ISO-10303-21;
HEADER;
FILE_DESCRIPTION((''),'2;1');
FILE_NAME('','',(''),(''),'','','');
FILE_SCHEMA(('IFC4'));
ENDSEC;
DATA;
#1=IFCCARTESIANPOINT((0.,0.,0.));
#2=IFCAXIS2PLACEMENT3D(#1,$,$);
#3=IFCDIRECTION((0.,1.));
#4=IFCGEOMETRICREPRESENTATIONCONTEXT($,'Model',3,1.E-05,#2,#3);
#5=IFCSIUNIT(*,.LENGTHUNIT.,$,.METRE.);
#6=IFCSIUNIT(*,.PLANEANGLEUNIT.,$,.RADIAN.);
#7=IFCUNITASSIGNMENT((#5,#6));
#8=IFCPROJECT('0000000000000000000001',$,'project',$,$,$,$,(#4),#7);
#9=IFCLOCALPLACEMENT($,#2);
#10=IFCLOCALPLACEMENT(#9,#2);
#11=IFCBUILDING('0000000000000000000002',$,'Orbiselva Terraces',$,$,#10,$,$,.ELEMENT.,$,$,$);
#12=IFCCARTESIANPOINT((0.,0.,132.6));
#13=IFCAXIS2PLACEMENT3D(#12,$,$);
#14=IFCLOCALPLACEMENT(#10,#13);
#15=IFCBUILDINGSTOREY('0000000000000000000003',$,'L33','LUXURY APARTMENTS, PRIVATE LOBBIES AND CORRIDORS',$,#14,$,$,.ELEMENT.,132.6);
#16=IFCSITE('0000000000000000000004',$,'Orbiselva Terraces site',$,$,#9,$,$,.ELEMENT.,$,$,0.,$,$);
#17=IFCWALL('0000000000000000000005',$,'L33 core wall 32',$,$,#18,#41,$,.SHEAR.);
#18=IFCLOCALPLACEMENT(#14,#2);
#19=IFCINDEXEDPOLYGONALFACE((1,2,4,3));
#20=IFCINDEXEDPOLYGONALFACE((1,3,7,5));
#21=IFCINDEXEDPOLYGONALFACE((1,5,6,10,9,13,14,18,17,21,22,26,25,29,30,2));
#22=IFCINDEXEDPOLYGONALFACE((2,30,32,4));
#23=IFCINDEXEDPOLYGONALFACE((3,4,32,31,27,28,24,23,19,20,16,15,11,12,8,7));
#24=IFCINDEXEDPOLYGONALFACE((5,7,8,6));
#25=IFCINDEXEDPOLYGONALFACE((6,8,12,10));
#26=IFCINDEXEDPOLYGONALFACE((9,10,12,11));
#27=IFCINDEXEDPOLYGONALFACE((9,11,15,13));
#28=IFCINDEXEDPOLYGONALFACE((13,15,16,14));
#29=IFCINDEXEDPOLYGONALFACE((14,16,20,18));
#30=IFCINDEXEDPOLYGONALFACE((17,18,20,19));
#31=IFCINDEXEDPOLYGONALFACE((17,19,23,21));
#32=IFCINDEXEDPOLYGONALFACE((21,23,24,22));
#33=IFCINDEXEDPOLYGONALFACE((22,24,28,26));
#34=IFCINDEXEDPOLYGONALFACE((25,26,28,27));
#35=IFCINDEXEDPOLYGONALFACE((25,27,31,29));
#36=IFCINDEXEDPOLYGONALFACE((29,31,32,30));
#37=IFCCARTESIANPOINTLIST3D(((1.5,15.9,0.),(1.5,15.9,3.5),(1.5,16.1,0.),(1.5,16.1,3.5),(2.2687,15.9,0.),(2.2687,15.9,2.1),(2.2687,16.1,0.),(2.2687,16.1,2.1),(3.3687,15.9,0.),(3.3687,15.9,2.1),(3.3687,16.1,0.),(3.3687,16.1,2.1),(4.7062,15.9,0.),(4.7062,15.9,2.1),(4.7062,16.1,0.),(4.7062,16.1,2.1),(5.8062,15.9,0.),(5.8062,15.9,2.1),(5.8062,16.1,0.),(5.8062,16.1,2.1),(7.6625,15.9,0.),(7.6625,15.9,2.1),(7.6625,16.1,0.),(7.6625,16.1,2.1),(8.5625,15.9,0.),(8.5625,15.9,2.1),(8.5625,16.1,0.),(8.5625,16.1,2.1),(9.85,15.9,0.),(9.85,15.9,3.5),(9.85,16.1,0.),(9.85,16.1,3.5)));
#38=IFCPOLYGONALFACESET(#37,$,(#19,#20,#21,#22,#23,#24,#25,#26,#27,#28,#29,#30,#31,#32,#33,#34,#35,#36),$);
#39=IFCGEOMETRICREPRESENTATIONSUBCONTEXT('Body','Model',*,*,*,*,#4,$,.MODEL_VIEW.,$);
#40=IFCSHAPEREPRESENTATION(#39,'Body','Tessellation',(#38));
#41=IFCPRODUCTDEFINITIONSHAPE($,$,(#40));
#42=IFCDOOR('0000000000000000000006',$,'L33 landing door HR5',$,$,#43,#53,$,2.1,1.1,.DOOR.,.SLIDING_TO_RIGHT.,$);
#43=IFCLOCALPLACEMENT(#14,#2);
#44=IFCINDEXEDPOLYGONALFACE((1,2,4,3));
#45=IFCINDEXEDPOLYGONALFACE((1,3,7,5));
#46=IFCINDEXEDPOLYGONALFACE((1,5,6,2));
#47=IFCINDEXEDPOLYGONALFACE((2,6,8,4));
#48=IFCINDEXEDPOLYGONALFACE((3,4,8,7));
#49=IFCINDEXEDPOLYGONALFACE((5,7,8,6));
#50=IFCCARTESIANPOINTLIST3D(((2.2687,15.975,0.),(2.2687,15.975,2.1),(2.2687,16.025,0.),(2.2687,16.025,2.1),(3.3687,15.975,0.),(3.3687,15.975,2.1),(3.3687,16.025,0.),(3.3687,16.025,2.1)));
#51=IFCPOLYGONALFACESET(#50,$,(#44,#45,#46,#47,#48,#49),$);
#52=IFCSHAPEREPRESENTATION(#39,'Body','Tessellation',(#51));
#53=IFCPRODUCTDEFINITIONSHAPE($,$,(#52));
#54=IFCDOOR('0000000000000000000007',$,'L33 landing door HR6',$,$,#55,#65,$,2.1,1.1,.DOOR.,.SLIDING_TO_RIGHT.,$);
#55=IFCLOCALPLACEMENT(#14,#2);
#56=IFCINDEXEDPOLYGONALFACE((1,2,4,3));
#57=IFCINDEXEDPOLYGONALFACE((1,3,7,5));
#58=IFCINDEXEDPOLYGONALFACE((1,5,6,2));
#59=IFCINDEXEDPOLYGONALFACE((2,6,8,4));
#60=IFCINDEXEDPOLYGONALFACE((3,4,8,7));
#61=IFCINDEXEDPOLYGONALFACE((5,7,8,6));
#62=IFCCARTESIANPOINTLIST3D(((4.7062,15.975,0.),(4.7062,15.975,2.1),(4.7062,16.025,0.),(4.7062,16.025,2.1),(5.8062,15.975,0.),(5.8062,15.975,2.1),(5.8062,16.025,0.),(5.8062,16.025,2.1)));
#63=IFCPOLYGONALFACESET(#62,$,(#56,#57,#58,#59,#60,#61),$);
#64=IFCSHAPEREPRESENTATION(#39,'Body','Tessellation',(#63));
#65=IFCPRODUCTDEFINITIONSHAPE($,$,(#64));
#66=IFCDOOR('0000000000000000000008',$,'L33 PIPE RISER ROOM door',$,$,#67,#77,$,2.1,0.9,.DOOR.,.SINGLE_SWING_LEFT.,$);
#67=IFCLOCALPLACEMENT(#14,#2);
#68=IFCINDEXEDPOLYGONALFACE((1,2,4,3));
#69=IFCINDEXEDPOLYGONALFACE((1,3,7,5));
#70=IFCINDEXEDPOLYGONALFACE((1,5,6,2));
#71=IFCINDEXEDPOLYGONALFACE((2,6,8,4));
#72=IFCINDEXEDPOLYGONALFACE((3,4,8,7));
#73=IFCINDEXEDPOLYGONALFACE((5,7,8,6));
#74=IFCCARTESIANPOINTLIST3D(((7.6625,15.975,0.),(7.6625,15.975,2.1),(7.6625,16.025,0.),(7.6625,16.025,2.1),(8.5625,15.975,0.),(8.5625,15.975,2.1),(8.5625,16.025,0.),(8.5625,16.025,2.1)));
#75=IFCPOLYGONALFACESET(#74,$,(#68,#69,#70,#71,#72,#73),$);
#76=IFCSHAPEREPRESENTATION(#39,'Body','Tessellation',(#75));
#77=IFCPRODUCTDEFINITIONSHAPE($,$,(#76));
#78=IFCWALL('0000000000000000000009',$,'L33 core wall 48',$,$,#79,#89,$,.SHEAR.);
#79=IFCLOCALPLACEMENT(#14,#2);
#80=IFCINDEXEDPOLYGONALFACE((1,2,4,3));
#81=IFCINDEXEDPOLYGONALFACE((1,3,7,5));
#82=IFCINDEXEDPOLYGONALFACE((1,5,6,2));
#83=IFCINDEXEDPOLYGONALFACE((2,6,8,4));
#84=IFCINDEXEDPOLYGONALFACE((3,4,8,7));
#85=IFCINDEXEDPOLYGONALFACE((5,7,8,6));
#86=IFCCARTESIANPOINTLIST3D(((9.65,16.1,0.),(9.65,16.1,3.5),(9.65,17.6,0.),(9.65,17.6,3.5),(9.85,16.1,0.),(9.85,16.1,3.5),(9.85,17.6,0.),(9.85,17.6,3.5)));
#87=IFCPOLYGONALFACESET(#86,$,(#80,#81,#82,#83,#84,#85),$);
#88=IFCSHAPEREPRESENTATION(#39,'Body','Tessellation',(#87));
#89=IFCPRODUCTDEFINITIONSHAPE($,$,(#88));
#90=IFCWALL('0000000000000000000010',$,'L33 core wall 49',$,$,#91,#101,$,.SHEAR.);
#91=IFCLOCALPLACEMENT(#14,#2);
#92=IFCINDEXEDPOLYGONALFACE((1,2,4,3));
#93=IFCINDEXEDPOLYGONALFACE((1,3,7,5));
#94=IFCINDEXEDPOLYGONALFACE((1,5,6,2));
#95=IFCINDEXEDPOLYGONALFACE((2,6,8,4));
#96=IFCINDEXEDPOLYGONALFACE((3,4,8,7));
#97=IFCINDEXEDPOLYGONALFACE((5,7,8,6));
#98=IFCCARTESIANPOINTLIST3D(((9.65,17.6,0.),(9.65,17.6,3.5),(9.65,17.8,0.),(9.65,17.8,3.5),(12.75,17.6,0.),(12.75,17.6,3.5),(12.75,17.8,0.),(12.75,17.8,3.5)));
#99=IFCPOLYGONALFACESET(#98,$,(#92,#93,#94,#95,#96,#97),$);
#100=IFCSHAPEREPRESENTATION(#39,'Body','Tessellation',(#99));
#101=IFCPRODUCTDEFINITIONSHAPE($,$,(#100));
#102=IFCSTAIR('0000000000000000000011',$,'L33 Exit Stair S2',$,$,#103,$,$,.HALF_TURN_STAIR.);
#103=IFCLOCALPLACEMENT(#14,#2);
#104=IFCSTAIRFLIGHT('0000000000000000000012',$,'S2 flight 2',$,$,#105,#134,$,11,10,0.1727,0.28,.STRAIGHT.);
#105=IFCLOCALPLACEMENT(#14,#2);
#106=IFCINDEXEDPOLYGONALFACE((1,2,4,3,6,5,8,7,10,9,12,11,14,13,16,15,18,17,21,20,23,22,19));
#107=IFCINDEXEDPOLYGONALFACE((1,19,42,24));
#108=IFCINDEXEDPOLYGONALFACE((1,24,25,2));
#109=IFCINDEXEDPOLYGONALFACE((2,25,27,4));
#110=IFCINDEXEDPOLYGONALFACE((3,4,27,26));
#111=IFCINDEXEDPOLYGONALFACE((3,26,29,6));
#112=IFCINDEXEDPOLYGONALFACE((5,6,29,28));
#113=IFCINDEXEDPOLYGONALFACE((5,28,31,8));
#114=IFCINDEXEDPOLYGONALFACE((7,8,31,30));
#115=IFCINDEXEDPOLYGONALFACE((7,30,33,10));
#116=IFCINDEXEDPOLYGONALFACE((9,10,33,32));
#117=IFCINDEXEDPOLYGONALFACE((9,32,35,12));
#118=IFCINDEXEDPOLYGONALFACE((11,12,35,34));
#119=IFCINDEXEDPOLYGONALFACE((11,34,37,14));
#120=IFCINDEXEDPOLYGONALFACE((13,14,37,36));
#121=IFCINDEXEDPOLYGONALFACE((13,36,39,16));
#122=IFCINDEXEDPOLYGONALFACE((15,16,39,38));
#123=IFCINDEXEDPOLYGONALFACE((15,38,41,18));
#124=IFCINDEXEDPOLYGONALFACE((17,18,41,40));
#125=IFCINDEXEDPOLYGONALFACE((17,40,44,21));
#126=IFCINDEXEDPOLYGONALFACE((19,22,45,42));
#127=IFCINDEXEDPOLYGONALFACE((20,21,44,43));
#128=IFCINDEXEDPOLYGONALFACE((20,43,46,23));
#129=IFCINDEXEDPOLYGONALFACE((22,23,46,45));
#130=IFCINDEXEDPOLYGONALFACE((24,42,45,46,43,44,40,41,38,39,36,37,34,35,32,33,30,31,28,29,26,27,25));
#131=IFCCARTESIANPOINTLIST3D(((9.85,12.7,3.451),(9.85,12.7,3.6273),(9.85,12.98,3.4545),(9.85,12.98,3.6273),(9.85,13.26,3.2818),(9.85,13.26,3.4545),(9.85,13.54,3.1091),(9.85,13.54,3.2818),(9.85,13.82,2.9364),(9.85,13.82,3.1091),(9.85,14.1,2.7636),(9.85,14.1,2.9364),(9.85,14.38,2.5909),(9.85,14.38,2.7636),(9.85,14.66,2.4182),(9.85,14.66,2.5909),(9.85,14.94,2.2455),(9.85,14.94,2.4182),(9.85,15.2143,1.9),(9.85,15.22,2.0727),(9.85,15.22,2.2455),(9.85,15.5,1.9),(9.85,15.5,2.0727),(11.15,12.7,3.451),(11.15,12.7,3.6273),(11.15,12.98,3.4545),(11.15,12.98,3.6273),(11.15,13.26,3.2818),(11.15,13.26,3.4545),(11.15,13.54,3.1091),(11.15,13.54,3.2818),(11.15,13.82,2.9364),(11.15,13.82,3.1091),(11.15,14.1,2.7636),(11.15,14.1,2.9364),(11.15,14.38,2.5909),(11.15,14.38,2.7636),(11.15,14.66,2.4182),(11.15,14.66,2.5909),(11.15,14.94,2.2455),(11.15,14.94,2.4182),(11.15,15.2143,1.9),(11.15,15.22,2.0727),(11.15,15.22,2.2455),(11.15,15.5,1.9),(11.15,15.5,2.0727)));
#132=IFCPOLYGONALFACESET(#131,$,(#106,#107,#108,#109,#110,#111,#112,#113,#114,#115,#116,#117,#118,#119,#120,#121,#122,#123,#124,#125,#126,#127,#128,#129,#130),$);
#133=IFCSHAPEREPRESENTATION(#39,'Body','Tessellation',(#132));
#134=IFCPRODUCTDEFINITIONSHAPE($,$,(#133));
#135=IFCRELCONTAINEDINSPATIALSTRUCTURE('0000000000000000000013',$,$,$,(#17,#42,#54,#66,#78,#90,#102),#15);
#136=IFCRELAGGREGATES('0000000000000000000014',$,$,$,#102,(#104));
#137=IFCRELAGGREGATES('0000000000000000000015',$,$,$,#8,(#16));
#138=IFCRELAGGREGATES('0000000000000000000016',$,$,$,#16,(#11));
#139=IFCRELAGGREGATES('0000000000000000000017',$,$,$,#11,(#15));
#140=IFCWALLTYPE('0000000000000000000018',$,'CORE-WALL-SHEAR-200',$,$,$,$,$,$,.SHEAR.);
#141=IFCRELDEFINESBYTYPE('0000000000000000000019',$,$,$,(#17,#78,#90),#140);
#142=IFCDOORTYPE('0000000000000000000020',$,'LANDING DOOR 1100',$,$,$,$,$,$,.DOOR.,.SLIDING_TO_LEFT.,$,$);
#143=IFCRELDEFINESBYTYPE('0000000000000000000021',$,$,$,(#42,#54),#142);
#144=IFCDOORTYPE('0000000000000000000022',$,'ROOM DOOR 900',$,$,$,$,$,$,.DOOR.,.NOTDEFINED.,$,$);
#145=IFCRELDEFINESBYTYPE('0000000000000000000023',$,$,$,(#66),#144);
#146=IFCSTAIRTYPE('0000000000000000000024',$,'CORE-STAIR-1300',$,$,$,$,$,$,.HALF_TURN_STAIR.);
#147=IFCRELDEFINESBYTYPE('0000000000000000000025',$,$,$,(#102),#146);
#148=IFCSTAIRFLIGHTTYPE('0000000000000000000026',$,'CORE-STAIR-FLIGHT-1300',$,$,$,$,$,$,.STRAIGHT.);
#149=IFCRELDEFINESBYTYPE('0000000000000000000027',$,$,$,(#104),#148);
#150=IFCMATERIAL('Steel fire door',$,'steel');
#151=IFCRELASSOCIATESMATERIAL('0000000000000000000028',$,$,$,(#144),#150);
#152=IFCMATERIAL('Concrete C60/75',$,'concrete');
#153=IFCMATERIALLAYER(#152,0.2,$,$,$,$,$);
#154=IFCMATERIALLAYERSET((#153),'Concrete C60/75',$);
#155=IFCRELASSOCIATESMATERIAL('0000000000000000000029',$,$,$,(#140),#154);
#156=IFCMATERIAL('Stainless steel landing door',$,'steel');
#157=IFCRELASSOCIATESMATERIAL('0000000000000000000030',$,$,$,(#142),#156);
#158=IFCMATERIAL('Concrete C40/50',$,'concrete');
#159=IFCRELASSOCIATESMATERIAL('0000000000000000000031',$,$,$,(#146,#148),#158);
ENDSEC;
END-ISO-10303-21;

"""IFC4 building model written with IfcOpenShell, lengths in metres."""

from ifc_helpers import new_model, si_unit, direction, frame, frame_2d, origin, place, context, subcontext, project, spatial, polyline, rectangle, outline, extrude, material, layer, layer_set, type_object, element, fill, aggregate, save


model = new_model("IFC4")

# Units and contexts
model_context = context("Model", 3, precision=1e-05, world=origin(), true_north=direction((0.0, 1.0)))
body_context = subcontext(model_context, "Body", "Model", "MODEL_VIEW")
ifc_project = project(units=[si_unit("LENGTHUNIT", "METRE"), si_unit("PLANEANGLEUNIT", "RADIAN")], contexts=[model_context])

# Site, building, storey
site_placement = place(None, origin())
site = spatial("IfcSite", under=ifc_project, at=site_placement, Name="Orbiselva Terraces site", CompositionType="ELEMENT", RefElevation=0.0)
building_placement = place(site_placement, origin())
building = spatial("IfcBuilding", under=site, at=building_placement, Name="Orbiselva Terraces", CompositionType="ELEMENT")
storey_placement = place(building_placement, frame((0.0, 0.0, 132.6)))
storey = spatial("IfcBuildingStorey", under=building, at=storey_placement, Name="L33", Description="LUXURY APARTMENTS, PRIVATE LOBBIES AND CORRIDORS", CompositionType="ELEMENT", Elevation=132.6)

# Shared definitions
ifc_material_1 = material(Name="Steel fire door", Category="steel")
door_type_1 = type_object("IfcDoorType", Name="ROOM DOOR 900", OperationType="NOTDEFINED", PredefinedType="DOOR", material=ifc_material_1)

# Shared definitions
ifc_material_2 = material(Name="Concrete C40/50", Category="concrete")
ifc_material_3 = material(Name="Concrete C60/75", Category="concrete")
ifc_layer_1 = layer(ifc_material_3, 0.2)
ifc_layer_set_1 = layer_set([ifc_layer_1], Name="Concrete C60/75")
wall_type_1 = type_object("IfcWallType", Name="CORE-WALL-SHEAR-200", PredefinedType="SHEAR", material=ifc_layer_set_1)

# Wall, openings, doors
wall_1_placement = place(storey_placement, frame((9.85, 16.0, 0.0), z_axis=(0.0, 0.0, 1.0), x_axis=(-1.0, 0.0, 0.0)))
wall_1 = element("IfcWall", 1, at=wall_1_placement, inside=storey, type_object=wall_type_1, Name="L33 core wall 32", PredefinedType="SHEAR", context=body_context, shape_type="SweptSolid", body=[
    extrude(rectangle(XDim=8.35, YDim=0.2, at=frame_2d((4.175, 0.0))), origin(), (0.0, 0.0, 1.0), 3.5),
])
opening_1_placement = place(wall_1_placement, frame((6.4813, 0.0, 0.0)))
opening_1 = element("IfcOpeningElement", 2, at=opening_1_placement, cuts=wall_1, PredefinedType="OPENING", context=body_context, shape_type="SweptSolid", body=[
    extrude(rectangle(XDim=1.1, YDim=2.1, at=frame_2d((0.55, 1.05))), frame((0.0, 0.11, 0.0), z_axis=(0.0, -1.0, 0.0), x_axis=(1.0, 0.0, 0.0)), (0.0, 0.0, 1.0), 0.22),
])
opening_2_placement = place(wall_1_placement, frame((4.0438, 0.0, 0.0)))
opening_2 = element("IfcOpeningElement", 3, at=opening_2_placement, cuts=wall_1, PredefinedType="OPENING", context=body_context, shape_type="SweptSolid", body=[
    extrude(rectangle(XDim=1.1, YDim=2.1, at=frame_2d((0.55, 1.05))), frame((0.0, 0.11, 0.0), z_axis=(0.0, -1.0, 0.0), x_axis=(1.0, 0.0, 0.0)), (0.0, 0.0, 1.0), 0.22),
])
opening_3_placement = place(wall_1_placement, frame((1.2875, 0.0, 0.0)))
opening_3 = element("IfcOpeningElement", 4, at=opening_3_placement, cuts=wall_1, PredefinedType="OPENING", context=body_context, shape_type="SweptSolid", body=[
    extrude(rectangle(XDim=0.9, YDim=2.1, at=frame_2d((0.45, 1.05))), frame((0.0, 0.11, 0.0), z_axis=(0.0, -1.0, 0.0), x_axis=(1.0, 0.0, 0.0)), (0.0, 0.0, 1.0), 0.22),
])
ifc_material_4 = material(Name="Stainless steel landing door", Category="steel")
door_type_2 = type_object("IfcDoorType", Name="LANDING DOOR 1100", OperationType="SLIDING_TO_LEFT", PredefinedType="DOOR", material=ifc_material_4)
door_1_placement = place(opening_1_placement, origin())
door_1 = element("IfcDoor", 5, at=door_1_placement, inside=storey, type_object=door_type_2, Name="L33 landing door HR5", OperationType="SLIDING_TO_RIGHT", OverallHeight=2.1, OverallWidth=1.1, PredefinedType="DOOR", context=body_context, shape_type="SweptSolid", body=[
    extrude(rectangle(XDim=1.1, YDim=2.1, at=frame_2d((0.55, 1.05))), frame((0.0, 0.025, 0.0), z_axis=(0.0, -1.0, 0.0), x_axis=(1.0, 0.0, 0.0)), (0.0, 0.0, 1.0), 0.05),
])
fill(opening_1, door_1)
door_2_placement = place(opening_2_placement, origin())
door_2 = element("IfcDoor", 6, at=door_2_placement, inside=storey, type_object=door_type_2, Name="L33 landing door HR6", OperationType="SLIDING_TO_RIGHT", OverallHeight=2.1, OverallWidth=1.1, PredefinedType="DOOR", context=body_context, shape_type="SweptSolid", body=[
    extrude(rectangle(XDim=1.1, YDim=2.1, at=frame_2d((0.55, 1.05))), frame((0.0, 0.025, 0.0), z_axis=(0.0, -1.0, 0.0), x_axis=(1.0, 0.0, 0.0)), (0.0, 0.0, 1.0), 0.05),
])
fill(opening_2, door_2)
door_3_placement = place(opening_3_placement, origin())
door_3 = element("IfcDoor", 7, at=door_3_placement, inside=storey, type_object=door_type_1, Name="L33 PIPE RISER ROOM door", OperationType="SINGLE_SWING_LEFT", OverallHeight=2.1, OverallWidth=0.9, PredefinedType="DOOR", context=body_context, shape_type="SweptSolid", body=[
    extrude(rectangle(XDim=0.9, YDim=2.1, at=frame_2d((0.45, 1.05))), frame((0.0, 0.025, 0.0), z_axis=(0.0, -1.0, 0.0), x_axis=(1.0, 0.0, 0.0)), (0.0, 0.0, 1.0), 0.05),
])
fill(opening_3, door_3)

# Walls
wall_2_placement = place(storey_placement, frame((9.75, 16.1, 0.0), z_axis=(0.0, 0.0, 1.0), x_axis=(0.0, 1.0, 0.0)))
element("IfcWall", 8, at=wall_2_placement, inside=storey, type_object=wall_type_1, Name="L33 core wall 48", PredefinedType="SHEAR", context=body_context, shape_type="SweptSolid", body=[
    extrude(rectangle(XDim=1.5, YDim=0.2, at=frame_2d((0.75, 0.0))), origin(), (0.0, 0.0, 1.0), 3.5),
])
wall_3_placement = place(storey_placement, frame((9.65, 17.7, 0.0), z_axis=(0.0, 0.0, 1.0), x_axis=(1.0, 0.0, 0.0)))
element("IfcWall", 9, at=wall_3_placement, inside=storey, type_object=wall_type_1, Name="L33 core wall 49", PredefinedType="SHEAR", context=body_context, shape_type="SweptSolid", body=[
    extrude(rectangle(XDim=3.1, YDim=0.2, at=frame_2d((1.55, 0.0))), origin(), (0.0, 0.0, 1.0), 3.5),
])

# Stair, stair flight
stair_type = type_object("IfcStairType", Name="CORE-STAIR-1300", PredefinedType="HALF_TURN_STAIR", material=ifc_material_2)
stair_placement = place(storey_placement, origin())
stair = element("IfcStair", 10, at=stair_placement, inside=storey, type_object=stair_type, Name="L33 Exit Stair S2", PredefinedType="HALF_TURN_STAIR")
stair_flight_type = type_object("IfcStairFlightType", Name="CORE-STAIR-FLIGHT-1300", PredefinedType="STRAIGHT", material=ifc_material_2)
stair_flight_placement = place(storey_placement, frame((10.5, 15.5, 1.9), z_axis=(0.0, 0.0, 1.0), x_axis=(0.0, -1.0, 0.0)))
stair_flight = element("IfcStairFlight", 11, at=stair_flight_placement, type_object=stair_flight_type, Name="S2 flight 2", NumberOfRisers=11, NumberOfTreads=10, PredefinedType="STRAIGHT", RiserHeight=0.1727, TreadLength=0.28, context=body_context, shape_type="SweptSolid", body=[
    extrude(outline(polyline([(0.0, 0.0), (0.0, 0.1727), (0.28, 0.1727), (0.28, 0.3455), (0.56, 0.3455), (0.56, 0.5182), (0.84, 0.5182), (0.84, 0.6909), (1.12, 0.6909), (1.12, 0.8636), (1.4, 0.8636), (1.4, 1.0364), (1.68, 1.0364), (1.68, 1.2091), (1.96, 1.2091), (1.96, 1.3818), (2.24, 1.3818), (2.24, 1.5545), (2.52, 1.5545), (2.52, 1.7273), (2.8, 1.7273), (2.8, 1.9), (2.8, 1.551), (0.2857, 0.0), (0.0, 0.0)])), frame((0.0, 0.65, 0.0), z_axis=(0.0, -1.0, 0.0), x_axis=(1.0, 0.0, 0.0)), (0.0, 0.0, 1.0), 1.3),
])
aggregate(stair, [stair_flight])

save(model, "model.ifc")
